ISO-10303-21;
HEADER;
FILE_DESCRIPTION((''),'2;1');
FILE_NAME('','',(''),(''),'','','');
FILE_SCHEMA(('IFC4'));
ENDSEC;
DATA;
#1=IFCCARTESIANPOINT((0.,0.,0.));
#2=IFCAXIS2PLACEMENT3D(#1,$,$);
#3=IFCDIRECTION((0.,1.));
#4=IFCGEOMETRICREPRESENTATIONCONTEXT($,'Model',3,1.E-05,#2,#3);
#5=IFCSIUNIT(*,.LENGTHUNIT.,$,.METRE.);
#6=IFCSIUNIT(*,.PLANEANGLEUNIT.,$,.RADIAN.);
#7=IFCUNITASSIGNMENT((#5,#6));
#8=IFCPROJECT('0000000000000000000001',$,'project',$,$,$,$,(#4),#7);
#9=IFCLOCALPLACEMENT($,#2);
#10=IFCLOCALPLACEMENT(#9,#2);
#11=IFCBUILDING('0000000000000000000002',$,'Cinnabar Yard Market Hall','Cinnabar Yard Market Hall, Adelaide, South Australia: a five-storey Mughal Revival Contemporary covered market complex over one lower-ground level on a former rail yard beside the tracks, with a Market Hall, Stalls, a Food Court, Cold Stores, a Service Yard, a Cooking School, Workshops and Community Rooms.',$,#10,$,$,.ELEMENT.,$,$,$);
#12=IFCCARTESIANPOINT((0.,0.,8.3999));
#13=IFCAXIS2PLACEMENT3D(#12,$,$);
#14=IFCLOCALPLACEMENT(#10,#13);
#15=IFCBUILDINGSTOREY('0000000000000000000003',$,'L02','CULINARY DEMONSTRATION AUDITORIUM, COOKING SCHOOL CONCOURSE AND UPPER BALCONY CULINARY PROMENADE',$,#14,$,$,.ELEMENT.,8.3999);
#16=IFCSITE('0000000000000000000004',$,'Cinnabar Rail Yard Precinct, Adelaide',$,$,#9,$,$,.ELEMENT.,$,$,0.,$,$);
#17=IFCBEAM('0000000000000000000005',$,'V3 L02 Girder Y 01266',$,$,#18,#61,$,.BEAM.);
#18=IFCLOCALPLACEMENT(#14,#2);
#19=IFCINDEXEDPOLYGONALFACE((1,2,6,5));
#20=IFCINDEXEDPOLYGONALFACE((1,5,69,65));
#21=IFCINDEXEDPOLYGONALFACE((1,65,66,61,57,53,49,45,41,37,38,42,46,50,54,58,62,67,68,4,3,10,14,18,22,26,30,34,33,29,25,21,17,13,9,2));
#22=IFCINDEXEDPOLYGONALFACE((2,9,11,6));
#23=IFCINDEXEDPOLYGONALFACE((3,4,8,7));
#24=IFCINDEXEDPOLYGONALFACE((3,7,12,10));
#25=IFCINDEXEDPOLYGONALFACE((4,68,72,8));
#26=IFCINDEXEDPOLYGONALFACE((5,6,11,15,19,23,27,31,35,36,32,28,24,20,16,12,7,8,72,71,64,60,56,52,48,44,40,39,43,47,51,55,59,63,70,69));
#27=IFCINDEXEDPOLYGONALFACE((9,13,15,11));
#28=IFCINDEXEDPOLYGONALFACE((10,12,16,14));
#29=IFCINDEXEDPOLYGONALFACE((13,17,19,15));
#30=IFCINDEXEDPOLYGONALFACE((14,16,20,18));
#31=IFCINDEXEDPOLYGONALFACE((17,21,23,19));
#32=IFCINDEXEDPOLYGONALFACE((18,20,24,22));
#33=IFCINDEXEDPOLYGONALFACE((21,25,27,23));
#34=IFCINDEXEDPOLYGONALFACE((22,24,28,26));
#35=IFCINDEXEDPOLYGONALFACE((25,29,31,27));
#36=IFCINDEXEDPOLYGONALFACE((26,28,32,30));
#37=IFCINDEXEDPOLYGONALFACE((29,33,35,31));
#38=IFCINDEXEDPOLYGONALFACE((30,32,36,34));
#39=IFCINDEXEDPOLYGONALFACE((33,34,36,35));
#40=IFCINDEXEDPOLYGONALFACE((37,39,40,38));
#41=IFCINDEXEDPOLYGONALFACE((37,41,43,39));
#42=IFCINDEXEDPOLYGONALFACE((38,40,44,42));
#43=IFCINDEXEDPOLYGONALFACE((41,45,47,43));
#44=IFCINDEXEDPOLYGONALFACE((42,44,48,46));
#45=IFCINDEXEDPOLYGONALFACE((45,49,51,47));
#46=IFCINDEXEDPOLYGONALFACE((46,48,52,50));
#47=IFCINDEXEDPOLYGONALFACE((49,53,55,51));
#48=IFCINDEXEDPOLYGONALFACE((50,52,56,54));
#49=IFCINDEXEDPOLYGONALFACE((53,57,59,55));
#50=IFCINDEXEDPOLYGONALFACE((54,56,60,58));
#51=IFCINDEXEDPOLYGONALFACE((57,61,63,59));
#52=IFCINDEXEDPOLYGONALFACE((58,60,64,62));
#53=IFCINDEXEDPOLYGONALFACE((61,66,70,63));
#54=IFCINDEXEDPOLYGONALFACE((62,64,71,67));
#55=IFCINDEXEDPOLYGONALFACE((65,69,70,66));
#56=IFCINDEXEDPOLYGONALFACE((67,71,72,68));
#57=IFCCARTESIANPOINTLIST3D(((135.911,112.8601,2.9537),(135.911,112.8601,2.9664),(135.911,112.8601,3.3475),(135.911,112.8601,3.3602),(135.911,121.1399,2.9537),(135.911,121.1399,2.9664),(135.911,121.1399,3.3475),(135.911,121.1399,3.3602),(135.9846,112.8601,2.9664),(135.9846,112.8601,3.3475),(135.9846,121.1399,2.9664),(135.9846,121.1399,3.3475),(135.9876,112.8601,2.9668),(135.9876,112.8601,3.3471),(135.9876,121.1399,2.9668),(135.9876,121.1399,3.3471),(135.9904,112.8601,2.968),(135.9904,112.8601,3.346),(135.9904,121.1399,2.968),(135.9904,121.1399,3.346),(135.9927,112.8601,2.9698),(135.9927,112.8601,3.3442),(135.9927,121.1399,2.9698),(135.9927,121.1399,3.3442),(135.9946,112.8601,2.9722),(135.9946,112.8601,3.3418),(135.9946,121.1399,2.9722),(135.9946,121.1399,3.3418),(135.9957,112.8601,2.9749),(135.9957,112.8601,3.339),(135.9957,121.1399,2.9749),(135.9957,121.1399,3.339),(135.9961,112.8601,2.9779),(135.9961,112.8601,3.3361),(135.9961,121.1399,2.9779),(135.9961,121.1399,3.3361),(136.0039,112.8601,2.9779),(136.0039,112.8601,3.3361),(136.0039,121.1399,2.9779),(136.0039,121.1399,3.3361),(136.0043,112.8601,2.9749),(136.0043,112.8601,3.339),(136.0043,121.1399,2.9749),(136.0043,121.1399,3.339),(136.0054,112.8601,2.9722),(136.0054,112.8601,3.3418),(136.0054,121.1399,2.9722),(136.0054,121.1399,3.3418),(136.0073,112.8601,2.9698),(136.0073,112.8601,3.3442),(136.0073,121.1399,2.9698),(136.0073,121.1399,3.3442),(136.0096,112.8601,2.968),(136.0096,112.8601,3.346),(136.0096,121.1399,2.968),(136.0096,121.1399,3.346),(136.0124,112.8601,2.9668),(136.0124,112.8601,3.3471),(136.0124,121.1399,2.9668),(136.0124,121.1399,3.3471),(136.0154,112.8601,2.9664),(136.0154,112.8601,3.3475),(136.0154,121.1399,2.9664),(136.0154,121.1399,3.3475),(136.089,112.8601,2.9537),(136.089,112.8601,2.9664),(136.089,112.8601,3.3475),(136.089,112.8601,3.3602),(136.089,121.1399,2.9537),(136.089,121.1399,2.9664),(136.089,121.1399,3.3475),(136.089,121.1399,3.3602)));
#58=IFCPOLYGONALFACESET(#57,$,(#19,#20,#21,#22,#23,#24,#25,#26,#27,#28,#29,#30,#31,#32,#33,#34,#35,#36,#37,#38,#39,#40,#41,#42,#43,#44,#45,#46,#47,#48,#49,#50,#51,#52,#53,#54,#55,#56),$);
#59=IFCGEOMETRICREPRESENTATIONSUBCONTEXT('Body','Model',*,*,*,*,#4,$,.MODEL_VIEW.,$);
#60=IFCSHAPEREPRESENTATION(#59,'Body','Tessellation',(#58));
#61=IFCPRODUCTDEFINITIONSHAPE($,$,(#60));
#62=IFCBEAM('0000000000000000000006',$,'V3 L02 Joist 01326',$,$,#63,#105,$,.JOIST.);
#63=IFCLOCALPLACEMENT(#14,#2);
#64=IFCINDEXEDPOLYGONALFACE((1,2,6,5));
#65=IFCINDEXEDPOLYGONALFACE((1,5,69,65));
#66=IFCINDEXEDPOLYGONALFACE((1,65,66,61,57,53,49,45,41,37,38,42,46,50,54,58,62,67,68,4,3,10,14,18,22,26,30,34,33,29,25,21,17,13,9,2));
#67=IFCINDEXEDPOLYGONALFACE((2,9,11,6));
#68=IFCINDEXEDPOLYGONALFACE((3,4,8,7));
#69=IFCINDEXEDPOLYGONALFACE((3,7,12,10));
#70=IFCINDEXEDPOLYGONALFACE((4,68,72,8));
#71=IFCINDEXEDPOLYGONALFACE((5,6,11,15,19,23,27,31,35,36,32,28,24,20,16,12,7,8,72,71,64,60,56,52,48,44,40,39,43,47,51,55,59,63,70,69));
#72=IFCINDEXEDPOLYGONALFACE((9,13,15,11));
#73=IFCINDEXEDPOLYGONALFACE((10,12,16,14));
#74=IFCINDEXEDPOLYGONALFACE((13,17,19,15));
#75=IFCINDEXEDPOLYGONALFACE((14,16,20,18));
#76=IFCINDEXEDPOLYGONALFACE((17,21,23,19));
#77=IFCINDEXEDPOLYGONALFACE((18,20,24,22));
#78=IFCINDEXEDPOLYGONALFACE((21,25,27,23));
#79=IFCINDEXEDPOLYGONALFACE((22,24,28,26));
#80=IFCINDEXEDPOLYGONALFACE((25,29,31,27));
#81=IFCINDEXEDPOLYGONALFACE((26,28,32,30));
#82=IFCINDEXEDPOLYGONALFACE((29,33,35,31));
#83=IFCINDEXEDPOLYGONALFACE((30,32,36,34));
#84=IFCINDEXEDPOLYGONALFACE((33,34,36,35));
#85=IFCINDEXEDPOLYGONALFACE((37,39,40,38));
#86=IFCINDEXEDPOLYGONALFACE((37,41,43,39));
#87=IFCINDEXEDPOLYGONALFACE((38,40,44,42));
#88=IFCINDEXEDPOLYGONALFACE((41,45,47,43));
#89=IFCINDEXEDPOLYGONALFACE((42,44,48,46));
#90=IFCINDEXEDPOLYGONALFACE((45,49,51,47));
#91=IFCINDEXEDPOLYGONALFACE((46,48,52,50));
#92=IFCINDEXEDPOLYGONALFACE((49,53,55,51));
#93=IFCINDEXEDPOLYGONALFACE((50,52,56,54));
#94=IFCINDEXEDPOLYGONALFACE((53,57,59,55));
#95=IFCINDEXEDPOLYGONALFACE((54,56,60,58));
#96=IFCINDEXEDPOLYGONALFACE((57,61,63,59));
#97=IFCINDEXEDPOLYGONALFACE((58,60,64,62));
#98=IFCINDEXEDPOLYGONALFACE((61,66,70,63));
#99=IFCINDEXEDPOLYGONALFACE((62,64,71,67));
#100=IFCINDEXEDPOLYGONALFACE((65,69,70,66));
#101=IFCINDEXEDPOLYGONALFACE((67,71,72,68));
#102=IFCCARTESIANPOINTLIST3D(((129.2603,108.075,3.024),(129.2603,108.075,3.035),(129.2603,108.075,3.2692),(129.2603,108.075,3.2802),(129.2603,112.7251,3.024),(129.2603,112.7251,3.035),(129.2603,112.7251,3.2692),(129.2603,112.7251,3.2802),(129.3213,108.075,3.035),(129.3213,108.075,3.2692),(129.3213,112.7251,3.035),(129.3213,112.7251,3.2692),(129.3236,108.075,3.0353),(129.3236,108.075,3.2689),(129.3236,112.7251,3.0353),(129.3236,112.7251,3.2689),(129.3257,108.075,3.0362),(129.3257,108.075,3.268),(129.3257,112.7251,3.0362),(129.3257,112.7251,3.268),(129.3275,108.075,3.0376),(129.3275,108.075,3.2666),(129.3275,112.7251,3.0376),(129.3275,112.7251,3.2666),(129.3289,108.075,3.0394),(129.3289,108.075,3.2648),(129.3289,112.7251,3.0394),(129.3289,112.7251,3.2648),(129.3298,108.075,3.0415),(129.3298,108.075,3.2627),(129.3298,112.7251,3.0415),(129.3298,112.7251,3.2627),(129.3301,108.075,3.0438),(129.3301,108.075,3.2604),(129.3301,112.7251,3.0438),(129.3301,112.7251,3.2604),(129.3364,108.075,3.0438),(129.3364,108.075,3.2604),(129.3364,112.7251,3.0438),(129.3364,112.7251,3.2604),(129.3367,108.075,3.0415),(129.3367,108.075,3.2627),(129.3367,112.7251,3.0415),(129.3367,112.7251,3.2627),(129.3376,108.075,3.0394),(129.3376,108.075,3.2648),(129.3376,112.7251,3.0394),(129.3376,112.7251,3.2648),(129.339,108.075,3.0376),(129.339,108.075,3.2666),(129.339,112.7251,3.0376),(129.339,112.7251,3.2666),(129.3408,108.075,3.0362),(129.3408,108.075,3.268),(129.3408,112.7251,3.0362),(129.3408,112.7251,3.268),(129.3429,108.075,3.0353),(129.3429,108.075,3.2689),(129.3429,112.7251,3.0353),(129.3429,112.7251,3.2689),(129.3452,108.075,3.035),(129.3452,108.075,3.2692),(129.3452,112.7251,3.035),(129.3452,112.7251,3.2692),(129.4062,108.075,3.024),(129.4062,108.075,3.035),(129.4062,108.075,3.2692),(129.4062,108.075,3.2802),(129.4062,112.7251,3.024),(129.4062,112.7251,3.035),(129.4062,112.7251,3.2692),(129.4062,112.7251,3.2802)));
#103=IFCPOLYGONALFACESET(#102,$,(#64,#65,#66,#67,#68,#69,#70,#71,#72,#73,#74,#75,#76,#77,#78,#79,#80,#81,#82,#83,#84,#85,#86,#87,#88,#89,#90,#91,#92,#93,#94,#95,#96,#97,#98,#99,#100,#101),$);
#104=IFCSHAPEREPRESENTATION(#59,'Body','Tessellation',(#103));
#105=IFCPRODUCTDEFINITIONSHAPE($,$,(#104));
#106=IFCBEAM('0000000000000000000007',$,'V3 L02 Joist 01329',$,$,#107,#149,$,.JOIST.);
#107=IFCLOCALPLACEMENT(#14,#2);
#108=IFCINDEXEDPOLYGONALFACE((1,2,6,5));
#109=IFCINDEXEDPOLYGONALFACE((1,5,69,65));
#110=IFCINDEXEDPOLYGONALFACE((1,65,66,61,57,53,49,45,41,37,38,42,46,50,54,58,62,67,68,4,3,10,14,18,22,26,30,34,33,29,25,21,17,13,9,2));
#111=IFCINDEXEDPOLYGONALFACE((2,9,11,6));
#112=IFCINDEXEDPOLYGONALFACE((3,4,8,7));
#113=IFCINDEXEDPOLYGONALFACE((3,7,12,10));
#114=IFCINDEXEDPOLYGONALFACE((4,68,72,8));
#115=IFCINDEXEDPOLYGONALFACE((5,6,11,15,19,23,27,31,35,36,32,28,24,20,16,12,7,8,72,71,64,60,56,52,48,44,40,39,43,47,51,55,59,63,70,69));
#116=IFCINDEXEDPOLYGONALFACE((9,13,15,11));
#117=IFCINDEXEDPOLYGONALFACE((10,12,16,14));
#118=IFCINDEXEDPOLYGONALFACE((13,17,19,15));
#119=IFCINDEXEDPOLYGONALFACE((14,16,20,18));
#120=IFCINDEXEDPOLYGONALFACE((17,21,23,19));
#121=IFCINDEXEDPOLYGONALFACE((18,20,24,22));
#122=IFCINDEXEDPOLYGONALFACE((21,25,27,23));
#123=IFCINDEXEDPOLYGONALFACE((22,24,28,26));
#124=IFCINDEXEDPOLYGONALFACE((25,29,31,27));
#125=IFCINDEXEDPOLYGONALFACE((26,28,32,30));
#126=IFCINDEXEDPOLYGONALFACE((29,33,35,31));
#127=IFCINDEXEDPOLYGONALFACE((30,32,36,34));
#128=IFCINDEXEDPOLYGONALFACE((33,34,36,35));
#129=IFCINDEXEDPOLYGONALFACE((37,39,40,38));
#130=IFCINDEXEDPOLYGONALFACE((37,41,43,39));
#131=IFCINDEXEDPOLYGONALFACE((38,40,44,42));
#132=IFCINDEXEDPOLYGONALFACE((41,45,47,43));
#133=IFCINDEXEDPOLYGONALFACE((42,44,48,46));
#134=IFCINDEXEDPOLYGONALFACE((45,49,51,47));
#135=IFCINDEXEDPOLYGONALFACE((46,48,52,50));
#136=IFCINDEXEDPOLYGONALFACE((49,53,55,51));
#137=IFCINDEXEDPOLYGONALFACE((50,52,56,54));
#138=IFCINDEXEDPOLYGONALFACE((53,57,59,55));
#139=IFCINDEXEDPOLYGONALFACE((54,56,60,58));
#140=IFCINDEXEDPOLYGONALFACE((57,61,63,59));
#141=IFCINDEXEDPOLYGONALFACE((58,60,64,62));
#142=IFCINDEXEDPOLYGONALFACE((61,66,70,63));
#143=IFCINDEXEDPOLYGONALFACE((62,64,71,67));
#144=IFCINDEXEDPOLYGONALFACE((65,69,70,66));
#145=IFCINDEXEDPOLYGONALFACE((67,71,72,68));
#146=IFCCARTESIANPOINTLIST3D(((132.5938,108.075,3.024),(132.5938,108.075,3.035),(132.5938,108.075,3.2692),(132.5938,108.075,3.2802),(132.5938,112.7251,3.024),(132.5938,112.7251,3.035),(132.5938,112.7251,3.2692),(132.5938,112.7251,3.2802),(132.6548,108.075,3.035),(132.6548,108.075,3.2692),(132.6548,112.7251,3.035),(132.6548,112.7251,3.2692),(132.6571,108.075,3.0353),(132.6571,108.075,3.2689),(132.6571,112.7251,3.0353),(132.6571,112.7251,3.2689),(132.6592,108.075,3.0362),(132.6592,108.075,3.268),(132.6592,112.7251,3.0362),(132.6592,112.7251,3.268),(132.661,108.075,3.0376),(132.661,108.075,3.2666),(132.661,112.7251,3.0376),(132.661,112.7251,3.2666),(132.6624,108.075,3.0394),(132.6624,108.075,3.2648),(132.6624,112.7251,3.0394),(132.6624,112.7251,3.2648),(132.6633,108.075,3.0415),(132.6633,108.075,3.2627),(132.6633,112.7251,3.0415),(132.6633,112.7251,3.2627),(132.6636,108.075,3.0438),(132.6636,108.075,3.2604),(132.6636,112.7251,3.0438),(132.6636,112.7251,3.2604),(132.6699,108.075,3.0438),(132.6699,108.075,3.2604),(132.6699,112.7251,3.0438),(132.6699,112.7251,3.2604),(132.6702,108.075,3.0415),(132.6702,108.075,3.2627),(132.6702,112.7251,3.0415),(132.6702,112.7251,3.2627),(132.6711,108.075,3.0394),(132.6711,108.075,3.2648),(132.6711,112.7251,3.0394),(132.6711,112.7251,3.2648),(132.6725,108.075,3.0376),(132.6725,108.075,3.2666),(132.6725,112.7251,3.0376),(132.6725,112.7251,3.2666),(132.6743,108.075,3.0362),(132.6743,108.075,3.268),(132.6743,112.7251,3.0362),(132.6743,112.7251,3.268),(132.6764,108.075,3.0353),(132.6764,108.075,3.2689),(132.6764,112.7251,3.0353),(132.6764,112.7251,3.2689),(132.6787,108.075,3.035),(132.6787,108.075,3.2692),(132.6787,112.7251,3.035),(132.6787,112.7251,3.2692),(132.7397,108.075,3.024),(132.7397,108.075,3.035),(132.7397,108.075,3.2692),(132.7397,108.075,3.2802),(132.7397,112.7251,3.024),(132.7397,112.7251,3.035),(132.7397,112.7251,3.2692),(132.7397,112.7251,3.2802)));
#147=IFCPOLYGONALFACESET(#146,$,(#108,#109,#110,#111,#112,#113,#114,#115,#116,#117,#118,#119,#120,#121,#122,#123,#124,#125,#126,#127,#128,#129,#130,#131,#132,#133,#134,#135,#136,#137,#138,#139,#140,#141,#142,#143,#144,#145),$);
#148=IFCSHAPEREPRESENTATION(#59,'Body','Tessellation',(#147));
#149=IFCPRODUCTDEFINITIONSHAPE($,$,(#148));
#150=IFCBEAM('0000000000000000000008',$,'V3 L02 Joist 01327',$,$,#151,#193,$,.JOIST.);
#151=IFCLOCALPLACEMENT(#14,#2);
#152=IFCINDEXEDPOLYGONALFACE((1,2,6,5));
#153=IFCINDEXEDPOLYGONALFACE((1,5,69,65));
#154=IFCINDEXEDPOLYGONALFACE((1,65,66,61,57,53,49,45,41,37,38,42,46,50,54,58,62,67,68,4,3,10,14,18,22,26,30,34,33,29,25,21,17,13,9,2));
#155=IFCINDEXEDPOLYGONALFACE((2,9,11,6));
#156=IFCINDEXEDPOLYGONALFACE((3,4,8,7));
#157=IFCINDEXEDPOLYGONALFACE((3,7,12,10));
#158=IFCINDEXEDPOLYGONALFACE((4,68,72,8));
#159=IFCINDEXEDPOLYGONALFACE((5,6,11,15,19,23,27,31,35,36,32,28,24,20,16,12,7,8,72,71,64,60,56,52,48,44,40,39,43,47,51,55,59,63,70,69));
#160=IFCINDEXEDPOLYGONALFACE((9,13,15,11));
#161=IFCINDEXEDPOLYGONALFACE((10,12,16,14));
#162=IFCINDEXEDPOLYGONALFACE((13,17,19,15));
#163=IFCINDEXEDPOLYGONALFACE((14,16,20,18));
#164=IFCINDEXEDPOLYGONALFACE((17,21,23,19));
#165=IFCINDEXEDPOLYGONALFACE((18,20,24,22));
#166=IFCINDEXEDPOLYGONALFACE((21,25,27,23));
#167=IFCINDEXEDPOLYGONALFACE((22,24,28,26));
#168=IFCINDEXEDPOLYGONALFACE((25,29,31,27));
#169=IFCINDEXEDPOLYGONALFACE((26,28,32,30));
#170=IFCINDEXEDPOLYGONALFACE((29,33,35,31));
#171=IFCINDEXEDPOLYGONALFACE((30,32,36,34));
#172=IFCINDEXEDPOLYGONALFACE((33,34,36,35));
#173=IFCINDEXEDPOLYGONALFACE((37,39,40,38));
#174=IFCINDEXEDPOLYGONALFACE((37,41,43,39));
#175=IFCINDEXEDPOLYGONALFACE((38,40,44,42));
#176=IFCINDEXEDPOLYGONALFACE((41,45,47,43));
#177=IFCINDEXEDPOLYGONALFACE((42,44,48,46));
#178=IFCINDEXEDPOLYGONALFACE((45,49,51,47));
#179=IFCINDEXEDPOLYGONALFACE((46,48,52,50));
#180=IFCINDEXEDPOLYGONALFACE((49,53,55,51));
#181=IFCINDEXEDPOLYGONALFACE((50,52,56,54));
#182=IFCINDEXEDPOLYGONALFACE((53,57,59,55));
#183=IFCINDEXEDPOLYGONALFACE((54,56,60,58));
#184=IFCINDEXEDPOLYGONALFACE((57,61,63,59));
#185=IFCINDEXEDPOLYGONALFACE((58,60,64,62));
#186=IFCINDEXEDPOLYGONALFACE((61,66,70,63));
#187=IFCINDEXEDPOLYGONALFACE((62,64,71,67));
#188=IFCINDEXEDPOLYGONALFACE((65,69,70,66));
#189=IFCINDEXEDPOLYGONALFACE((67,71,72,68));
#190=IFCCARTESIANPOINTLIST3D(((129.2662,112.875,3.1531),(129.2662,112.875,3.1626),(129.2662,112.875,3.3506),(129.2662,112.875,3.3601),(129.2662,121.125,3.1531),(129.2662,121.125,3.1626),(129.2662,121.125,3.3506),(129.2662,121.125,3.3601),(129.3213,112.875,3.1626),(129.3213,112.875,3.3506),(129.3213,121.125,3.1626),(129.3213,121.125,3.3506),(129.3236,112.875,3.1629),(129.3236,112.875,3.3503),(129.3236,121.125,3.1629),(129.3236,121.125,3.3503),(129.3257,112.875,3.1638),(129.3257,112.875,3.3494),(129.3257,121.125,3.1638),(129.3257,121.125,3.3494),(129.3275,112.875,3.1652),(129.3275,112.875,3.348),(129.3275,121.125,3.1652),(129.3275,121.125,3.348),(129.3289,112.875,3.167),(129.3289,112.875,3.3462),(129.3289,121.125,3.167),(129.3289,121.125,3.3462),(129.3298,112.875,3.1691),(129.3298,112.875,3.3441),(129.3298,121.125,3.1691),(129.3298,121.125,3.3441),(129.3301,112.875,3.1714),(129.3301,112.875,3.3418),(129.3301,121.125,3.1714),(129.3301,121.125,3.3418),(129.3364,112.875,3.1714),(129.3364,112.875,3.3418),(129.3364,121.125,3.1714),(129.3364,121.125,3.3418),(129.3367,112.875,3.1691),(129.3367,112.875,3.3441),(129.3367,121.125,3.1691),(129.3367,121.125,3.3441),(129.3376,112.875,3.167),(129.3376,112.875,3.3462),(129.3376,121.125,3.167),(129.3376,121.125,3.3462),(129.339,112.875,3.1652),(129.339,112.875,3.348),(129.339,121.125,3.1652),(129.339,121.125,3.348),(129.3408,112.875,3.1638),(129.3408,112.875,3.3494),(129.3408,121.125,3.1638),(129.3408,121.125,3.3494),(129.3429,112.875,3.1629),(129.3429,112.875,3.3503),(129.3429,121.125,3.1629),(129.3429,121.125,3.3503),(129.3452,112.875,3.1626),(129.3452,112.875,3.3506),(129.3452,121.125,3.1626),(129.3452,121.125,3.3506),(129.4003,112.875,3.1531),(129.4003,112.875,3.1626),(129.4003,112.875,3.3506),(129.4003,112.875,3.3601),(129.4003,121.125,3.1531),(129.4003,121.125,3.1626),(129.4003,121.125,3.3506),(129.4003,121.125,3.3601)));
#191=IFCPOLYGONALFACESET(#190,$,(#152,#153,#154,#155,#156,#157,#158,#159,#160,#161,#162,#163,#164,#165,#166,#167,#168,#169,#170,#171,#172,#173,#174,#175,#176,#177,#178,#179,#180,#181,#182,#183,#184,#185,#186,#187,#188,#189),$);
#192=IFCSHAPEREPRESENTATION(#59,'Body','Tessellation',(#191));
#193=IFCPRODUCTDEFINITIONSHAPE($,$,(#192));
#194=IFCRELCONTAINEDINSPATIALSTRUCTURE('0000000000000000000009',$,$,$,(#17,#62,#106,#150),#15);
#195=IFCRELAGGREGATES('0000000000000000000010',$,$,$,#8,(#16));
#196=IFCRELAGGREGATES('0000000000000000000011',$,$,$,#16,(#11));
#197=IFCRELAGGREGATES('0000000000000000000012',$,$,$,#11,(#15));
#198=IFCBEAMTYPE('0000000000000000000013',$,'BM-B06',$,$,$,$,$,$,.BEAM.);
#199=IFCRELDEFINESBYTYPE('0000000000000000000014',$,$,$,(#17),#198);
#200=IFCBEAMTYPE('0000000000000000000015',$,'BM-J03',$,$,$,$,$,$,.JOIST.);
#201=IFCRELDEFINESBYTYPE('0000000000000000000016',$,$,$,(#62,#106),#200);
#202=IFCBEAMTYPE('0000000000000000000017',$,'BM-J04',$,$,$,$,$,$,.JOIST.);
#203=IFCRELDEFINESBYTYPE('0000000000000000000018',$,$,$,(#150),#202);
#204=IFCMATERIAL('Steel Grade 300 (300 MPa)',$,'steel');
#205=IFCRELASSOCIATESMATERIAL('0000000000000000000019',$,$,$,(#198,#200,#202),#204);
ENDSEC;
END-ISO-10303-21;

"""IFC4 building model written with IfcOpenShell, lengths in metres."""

from ifc_helpers import new_model, si_unit, direction, frame, origin, origin_2d_with_axis, place, context, subcontext, project, spatial, i_section, extrude, material, material_profile, profile_set, type_object, element, save


model = new_model("IFC4")

# Units and contexts
model_context = context("Model", 3, precision=1e-05, world=origin(), true_north=direction((0.0, 1.0)))
body_context = subcontext(model_context, "Body", "Model", "MODEL_VIEW")
ifc_project = project(units=[si_unit("LENGTHUNIT", "METRE"), si_unit("PLANEANGLEUNIT", "RADIAN")], contexts=[model_context])

# Site, building, storey
site_placement = place(None, origin())
site = spatial("IfcSite", under=ifc_project, at=site_placement, Name="Cinnabar Rail Yard Precinct, Adelaide", CompositionType="ELEMENT", RefElevation=0.0)
building_placement = place(site_placement, origin())
building = spatial("IfcBuilding", under=site, at=building_placement, Name="Cinnabar Yard Market Hall", Description="Cinnabar Yard Market Hall, Adelaide, South Australia: a five-storey Mughal Revival Contemporary covered market complex over one lower-ground level on a former rail yard beside the tracks, with a Market Hall, Stalls, a Food Court, Cold Stores, a Service Yard, a Cooking School, Workshops and Community Rooms.", CompositionType="ELEMENT")
storey_placement = place(building_placement, frame((0.0, 0.0, 8.3999)))
storey = spatial("IfcBuildingStorey", under=building, at=storey_placement, Name="L02", Description="CULINARY DEMONSTRATION AUDITORIUM, COOKING SCHOOL CONCOURSE AND UPPER BALCONY CULINARY PROMENADE", CompositionType="ELEMENT", Elevation=8.3999)

# Shared definitions
ifc_material_1 = material(Name="Steel Grade 300 (300 MPa)", Category="steel")

# Beams
ifc_material_profile_1 = material_profile(ifc_material_1, i_section(OverallWidth=0.178, OverallDepth=0.4065, WebThickness=0.0078, FlangeThickness=0.0127, FilletRadius=0.0115, at=origin_2d_with_axis()), Name="410UB59.7")
ifc_profile_set_1 = profile_set([ifc_material_profile_1], Name="Steel Grade 300 (300 MPa)")
beam_type_1 = type_object("IfcBeamType", Name="BM-B06", PredefinedType="BEAM", material=ifc_profile_set_1)
beam_1_placement = place(storey_placement, frame((136.0, 112.8601, 3.157), z_axis=(0.0, 1.0, 0.0), x_axis=(-1.0, 0.0, 0.0)))
element("IfcBeam", 1, at=beam_1_placement, inside=storey, type_object=beam_type_1, Name="V3 L02 Girder Y 01266", PredefinedType="BEAM", context=body_context, shape_type="SweptSolid", body=[
    extrude(i_section(OverallWidth=0.178, OverallDepth=0.4065, WebThickness=0.0078, FlangeThickness=0.0127, FilletRadius=0.0115, at=origin_2d_with_axis()), origin(), (0.0, 0.0, 1.0), 8.2798),
])
ifc_material_profile_2 = material_profile(ifc_material_1, i_section(OverallWidth=0.146, OverallDepth=0.2561, WebThickness=0.0063, FlangeThickness=0.011, FilletRadius=0.0088, at=origin_2d_with_axis()), Name="250UB37.3")
ifc_profile_set_2 = profile_set([ifc_material_profile_2], Name="Steel Grade 300 (300 MPa)")
beam_type_2 = type_object("IfcBeamType", Name="BM-J03", PredefinedType="JOIST", material=ifc_profile_set_2)
for number, where, z_axis, x_axis, name in (
    (2, (129.3333, 108.075, 3.1521), (0.0, 1.0, 0.0), (-1.0, 0.0, 0.0), "V3 L02 Joist 01326"),
    (3, (132.6667, 108.075, 3.1521), (0.0, 1.0, 0.0), (-1.0, 0.0, 0.0), "V3 L02 Joist 01329"),
):
    element("IfcBeam", number, at=place(storey_placement, frame(where, z_axis=z_axis, x_axis=x_axis)), inside=storey, type_object=beam_type_2, Name=name, PredefinedType="JOIST", context=body_context, shape_type="SweptSolid", body=[
        extrude(i_section(OverallWidth=0.146, OverallDepth=0.2561, WebThickness=0.0063, FlangeThickness=0.011, FilletRadius=0.0088, at=origin_2d_with_axis()), origin(), (0.0, 0.0, 1.0), 4.6501),
    ])
ifc_material_profile_3 = material_profile(ifc_material_1, i_section(OverallWidth=0.134, OverallDepth=0.207, WebThickness=0.0063, FlangeThickness=0.0095, FilletRadius=0.0088, at=origin_2d_with_axis()), Name="200UB29.8")
ifc_profile_set_3 = profile_set([ifc_material_profile_3], Name="Steel Grade 300 (300 MPa)")
beam_type_3 = type_object("IfcBeamType", Name="BM-J04", PredefinedType="JOIST", material=ifc_profile_set_3)
for number, where, z_axis, x_axis, name in (
    (4, (129.3333, 112.875, 3.2566), (0.0, 1.0, 0.0), (-1.0, 0.0, 0.0), "V3 L02 Joist 01327"),
):
    element("IfcBeam", number, at=place(storey_placement, frame(where, z_axis=z_axis, x_axis=x_axis)), inside=storey, type_object=beam_type_3, Name=name, PredefinedType="JOIST", context=body_context, shape_type="SweptSolid", body=[
        extrude(i_section(OverallWidth=0.134, OverallDepth=0.207, WebThickness=0.0063, FlangeThickness=0.0095, FilletRadius=0.0088, at=origin_2d_with_axis()), origin(), (0.0, 0.0, 1.0), 8.25),
    ])

save(model, "model.ifc")
